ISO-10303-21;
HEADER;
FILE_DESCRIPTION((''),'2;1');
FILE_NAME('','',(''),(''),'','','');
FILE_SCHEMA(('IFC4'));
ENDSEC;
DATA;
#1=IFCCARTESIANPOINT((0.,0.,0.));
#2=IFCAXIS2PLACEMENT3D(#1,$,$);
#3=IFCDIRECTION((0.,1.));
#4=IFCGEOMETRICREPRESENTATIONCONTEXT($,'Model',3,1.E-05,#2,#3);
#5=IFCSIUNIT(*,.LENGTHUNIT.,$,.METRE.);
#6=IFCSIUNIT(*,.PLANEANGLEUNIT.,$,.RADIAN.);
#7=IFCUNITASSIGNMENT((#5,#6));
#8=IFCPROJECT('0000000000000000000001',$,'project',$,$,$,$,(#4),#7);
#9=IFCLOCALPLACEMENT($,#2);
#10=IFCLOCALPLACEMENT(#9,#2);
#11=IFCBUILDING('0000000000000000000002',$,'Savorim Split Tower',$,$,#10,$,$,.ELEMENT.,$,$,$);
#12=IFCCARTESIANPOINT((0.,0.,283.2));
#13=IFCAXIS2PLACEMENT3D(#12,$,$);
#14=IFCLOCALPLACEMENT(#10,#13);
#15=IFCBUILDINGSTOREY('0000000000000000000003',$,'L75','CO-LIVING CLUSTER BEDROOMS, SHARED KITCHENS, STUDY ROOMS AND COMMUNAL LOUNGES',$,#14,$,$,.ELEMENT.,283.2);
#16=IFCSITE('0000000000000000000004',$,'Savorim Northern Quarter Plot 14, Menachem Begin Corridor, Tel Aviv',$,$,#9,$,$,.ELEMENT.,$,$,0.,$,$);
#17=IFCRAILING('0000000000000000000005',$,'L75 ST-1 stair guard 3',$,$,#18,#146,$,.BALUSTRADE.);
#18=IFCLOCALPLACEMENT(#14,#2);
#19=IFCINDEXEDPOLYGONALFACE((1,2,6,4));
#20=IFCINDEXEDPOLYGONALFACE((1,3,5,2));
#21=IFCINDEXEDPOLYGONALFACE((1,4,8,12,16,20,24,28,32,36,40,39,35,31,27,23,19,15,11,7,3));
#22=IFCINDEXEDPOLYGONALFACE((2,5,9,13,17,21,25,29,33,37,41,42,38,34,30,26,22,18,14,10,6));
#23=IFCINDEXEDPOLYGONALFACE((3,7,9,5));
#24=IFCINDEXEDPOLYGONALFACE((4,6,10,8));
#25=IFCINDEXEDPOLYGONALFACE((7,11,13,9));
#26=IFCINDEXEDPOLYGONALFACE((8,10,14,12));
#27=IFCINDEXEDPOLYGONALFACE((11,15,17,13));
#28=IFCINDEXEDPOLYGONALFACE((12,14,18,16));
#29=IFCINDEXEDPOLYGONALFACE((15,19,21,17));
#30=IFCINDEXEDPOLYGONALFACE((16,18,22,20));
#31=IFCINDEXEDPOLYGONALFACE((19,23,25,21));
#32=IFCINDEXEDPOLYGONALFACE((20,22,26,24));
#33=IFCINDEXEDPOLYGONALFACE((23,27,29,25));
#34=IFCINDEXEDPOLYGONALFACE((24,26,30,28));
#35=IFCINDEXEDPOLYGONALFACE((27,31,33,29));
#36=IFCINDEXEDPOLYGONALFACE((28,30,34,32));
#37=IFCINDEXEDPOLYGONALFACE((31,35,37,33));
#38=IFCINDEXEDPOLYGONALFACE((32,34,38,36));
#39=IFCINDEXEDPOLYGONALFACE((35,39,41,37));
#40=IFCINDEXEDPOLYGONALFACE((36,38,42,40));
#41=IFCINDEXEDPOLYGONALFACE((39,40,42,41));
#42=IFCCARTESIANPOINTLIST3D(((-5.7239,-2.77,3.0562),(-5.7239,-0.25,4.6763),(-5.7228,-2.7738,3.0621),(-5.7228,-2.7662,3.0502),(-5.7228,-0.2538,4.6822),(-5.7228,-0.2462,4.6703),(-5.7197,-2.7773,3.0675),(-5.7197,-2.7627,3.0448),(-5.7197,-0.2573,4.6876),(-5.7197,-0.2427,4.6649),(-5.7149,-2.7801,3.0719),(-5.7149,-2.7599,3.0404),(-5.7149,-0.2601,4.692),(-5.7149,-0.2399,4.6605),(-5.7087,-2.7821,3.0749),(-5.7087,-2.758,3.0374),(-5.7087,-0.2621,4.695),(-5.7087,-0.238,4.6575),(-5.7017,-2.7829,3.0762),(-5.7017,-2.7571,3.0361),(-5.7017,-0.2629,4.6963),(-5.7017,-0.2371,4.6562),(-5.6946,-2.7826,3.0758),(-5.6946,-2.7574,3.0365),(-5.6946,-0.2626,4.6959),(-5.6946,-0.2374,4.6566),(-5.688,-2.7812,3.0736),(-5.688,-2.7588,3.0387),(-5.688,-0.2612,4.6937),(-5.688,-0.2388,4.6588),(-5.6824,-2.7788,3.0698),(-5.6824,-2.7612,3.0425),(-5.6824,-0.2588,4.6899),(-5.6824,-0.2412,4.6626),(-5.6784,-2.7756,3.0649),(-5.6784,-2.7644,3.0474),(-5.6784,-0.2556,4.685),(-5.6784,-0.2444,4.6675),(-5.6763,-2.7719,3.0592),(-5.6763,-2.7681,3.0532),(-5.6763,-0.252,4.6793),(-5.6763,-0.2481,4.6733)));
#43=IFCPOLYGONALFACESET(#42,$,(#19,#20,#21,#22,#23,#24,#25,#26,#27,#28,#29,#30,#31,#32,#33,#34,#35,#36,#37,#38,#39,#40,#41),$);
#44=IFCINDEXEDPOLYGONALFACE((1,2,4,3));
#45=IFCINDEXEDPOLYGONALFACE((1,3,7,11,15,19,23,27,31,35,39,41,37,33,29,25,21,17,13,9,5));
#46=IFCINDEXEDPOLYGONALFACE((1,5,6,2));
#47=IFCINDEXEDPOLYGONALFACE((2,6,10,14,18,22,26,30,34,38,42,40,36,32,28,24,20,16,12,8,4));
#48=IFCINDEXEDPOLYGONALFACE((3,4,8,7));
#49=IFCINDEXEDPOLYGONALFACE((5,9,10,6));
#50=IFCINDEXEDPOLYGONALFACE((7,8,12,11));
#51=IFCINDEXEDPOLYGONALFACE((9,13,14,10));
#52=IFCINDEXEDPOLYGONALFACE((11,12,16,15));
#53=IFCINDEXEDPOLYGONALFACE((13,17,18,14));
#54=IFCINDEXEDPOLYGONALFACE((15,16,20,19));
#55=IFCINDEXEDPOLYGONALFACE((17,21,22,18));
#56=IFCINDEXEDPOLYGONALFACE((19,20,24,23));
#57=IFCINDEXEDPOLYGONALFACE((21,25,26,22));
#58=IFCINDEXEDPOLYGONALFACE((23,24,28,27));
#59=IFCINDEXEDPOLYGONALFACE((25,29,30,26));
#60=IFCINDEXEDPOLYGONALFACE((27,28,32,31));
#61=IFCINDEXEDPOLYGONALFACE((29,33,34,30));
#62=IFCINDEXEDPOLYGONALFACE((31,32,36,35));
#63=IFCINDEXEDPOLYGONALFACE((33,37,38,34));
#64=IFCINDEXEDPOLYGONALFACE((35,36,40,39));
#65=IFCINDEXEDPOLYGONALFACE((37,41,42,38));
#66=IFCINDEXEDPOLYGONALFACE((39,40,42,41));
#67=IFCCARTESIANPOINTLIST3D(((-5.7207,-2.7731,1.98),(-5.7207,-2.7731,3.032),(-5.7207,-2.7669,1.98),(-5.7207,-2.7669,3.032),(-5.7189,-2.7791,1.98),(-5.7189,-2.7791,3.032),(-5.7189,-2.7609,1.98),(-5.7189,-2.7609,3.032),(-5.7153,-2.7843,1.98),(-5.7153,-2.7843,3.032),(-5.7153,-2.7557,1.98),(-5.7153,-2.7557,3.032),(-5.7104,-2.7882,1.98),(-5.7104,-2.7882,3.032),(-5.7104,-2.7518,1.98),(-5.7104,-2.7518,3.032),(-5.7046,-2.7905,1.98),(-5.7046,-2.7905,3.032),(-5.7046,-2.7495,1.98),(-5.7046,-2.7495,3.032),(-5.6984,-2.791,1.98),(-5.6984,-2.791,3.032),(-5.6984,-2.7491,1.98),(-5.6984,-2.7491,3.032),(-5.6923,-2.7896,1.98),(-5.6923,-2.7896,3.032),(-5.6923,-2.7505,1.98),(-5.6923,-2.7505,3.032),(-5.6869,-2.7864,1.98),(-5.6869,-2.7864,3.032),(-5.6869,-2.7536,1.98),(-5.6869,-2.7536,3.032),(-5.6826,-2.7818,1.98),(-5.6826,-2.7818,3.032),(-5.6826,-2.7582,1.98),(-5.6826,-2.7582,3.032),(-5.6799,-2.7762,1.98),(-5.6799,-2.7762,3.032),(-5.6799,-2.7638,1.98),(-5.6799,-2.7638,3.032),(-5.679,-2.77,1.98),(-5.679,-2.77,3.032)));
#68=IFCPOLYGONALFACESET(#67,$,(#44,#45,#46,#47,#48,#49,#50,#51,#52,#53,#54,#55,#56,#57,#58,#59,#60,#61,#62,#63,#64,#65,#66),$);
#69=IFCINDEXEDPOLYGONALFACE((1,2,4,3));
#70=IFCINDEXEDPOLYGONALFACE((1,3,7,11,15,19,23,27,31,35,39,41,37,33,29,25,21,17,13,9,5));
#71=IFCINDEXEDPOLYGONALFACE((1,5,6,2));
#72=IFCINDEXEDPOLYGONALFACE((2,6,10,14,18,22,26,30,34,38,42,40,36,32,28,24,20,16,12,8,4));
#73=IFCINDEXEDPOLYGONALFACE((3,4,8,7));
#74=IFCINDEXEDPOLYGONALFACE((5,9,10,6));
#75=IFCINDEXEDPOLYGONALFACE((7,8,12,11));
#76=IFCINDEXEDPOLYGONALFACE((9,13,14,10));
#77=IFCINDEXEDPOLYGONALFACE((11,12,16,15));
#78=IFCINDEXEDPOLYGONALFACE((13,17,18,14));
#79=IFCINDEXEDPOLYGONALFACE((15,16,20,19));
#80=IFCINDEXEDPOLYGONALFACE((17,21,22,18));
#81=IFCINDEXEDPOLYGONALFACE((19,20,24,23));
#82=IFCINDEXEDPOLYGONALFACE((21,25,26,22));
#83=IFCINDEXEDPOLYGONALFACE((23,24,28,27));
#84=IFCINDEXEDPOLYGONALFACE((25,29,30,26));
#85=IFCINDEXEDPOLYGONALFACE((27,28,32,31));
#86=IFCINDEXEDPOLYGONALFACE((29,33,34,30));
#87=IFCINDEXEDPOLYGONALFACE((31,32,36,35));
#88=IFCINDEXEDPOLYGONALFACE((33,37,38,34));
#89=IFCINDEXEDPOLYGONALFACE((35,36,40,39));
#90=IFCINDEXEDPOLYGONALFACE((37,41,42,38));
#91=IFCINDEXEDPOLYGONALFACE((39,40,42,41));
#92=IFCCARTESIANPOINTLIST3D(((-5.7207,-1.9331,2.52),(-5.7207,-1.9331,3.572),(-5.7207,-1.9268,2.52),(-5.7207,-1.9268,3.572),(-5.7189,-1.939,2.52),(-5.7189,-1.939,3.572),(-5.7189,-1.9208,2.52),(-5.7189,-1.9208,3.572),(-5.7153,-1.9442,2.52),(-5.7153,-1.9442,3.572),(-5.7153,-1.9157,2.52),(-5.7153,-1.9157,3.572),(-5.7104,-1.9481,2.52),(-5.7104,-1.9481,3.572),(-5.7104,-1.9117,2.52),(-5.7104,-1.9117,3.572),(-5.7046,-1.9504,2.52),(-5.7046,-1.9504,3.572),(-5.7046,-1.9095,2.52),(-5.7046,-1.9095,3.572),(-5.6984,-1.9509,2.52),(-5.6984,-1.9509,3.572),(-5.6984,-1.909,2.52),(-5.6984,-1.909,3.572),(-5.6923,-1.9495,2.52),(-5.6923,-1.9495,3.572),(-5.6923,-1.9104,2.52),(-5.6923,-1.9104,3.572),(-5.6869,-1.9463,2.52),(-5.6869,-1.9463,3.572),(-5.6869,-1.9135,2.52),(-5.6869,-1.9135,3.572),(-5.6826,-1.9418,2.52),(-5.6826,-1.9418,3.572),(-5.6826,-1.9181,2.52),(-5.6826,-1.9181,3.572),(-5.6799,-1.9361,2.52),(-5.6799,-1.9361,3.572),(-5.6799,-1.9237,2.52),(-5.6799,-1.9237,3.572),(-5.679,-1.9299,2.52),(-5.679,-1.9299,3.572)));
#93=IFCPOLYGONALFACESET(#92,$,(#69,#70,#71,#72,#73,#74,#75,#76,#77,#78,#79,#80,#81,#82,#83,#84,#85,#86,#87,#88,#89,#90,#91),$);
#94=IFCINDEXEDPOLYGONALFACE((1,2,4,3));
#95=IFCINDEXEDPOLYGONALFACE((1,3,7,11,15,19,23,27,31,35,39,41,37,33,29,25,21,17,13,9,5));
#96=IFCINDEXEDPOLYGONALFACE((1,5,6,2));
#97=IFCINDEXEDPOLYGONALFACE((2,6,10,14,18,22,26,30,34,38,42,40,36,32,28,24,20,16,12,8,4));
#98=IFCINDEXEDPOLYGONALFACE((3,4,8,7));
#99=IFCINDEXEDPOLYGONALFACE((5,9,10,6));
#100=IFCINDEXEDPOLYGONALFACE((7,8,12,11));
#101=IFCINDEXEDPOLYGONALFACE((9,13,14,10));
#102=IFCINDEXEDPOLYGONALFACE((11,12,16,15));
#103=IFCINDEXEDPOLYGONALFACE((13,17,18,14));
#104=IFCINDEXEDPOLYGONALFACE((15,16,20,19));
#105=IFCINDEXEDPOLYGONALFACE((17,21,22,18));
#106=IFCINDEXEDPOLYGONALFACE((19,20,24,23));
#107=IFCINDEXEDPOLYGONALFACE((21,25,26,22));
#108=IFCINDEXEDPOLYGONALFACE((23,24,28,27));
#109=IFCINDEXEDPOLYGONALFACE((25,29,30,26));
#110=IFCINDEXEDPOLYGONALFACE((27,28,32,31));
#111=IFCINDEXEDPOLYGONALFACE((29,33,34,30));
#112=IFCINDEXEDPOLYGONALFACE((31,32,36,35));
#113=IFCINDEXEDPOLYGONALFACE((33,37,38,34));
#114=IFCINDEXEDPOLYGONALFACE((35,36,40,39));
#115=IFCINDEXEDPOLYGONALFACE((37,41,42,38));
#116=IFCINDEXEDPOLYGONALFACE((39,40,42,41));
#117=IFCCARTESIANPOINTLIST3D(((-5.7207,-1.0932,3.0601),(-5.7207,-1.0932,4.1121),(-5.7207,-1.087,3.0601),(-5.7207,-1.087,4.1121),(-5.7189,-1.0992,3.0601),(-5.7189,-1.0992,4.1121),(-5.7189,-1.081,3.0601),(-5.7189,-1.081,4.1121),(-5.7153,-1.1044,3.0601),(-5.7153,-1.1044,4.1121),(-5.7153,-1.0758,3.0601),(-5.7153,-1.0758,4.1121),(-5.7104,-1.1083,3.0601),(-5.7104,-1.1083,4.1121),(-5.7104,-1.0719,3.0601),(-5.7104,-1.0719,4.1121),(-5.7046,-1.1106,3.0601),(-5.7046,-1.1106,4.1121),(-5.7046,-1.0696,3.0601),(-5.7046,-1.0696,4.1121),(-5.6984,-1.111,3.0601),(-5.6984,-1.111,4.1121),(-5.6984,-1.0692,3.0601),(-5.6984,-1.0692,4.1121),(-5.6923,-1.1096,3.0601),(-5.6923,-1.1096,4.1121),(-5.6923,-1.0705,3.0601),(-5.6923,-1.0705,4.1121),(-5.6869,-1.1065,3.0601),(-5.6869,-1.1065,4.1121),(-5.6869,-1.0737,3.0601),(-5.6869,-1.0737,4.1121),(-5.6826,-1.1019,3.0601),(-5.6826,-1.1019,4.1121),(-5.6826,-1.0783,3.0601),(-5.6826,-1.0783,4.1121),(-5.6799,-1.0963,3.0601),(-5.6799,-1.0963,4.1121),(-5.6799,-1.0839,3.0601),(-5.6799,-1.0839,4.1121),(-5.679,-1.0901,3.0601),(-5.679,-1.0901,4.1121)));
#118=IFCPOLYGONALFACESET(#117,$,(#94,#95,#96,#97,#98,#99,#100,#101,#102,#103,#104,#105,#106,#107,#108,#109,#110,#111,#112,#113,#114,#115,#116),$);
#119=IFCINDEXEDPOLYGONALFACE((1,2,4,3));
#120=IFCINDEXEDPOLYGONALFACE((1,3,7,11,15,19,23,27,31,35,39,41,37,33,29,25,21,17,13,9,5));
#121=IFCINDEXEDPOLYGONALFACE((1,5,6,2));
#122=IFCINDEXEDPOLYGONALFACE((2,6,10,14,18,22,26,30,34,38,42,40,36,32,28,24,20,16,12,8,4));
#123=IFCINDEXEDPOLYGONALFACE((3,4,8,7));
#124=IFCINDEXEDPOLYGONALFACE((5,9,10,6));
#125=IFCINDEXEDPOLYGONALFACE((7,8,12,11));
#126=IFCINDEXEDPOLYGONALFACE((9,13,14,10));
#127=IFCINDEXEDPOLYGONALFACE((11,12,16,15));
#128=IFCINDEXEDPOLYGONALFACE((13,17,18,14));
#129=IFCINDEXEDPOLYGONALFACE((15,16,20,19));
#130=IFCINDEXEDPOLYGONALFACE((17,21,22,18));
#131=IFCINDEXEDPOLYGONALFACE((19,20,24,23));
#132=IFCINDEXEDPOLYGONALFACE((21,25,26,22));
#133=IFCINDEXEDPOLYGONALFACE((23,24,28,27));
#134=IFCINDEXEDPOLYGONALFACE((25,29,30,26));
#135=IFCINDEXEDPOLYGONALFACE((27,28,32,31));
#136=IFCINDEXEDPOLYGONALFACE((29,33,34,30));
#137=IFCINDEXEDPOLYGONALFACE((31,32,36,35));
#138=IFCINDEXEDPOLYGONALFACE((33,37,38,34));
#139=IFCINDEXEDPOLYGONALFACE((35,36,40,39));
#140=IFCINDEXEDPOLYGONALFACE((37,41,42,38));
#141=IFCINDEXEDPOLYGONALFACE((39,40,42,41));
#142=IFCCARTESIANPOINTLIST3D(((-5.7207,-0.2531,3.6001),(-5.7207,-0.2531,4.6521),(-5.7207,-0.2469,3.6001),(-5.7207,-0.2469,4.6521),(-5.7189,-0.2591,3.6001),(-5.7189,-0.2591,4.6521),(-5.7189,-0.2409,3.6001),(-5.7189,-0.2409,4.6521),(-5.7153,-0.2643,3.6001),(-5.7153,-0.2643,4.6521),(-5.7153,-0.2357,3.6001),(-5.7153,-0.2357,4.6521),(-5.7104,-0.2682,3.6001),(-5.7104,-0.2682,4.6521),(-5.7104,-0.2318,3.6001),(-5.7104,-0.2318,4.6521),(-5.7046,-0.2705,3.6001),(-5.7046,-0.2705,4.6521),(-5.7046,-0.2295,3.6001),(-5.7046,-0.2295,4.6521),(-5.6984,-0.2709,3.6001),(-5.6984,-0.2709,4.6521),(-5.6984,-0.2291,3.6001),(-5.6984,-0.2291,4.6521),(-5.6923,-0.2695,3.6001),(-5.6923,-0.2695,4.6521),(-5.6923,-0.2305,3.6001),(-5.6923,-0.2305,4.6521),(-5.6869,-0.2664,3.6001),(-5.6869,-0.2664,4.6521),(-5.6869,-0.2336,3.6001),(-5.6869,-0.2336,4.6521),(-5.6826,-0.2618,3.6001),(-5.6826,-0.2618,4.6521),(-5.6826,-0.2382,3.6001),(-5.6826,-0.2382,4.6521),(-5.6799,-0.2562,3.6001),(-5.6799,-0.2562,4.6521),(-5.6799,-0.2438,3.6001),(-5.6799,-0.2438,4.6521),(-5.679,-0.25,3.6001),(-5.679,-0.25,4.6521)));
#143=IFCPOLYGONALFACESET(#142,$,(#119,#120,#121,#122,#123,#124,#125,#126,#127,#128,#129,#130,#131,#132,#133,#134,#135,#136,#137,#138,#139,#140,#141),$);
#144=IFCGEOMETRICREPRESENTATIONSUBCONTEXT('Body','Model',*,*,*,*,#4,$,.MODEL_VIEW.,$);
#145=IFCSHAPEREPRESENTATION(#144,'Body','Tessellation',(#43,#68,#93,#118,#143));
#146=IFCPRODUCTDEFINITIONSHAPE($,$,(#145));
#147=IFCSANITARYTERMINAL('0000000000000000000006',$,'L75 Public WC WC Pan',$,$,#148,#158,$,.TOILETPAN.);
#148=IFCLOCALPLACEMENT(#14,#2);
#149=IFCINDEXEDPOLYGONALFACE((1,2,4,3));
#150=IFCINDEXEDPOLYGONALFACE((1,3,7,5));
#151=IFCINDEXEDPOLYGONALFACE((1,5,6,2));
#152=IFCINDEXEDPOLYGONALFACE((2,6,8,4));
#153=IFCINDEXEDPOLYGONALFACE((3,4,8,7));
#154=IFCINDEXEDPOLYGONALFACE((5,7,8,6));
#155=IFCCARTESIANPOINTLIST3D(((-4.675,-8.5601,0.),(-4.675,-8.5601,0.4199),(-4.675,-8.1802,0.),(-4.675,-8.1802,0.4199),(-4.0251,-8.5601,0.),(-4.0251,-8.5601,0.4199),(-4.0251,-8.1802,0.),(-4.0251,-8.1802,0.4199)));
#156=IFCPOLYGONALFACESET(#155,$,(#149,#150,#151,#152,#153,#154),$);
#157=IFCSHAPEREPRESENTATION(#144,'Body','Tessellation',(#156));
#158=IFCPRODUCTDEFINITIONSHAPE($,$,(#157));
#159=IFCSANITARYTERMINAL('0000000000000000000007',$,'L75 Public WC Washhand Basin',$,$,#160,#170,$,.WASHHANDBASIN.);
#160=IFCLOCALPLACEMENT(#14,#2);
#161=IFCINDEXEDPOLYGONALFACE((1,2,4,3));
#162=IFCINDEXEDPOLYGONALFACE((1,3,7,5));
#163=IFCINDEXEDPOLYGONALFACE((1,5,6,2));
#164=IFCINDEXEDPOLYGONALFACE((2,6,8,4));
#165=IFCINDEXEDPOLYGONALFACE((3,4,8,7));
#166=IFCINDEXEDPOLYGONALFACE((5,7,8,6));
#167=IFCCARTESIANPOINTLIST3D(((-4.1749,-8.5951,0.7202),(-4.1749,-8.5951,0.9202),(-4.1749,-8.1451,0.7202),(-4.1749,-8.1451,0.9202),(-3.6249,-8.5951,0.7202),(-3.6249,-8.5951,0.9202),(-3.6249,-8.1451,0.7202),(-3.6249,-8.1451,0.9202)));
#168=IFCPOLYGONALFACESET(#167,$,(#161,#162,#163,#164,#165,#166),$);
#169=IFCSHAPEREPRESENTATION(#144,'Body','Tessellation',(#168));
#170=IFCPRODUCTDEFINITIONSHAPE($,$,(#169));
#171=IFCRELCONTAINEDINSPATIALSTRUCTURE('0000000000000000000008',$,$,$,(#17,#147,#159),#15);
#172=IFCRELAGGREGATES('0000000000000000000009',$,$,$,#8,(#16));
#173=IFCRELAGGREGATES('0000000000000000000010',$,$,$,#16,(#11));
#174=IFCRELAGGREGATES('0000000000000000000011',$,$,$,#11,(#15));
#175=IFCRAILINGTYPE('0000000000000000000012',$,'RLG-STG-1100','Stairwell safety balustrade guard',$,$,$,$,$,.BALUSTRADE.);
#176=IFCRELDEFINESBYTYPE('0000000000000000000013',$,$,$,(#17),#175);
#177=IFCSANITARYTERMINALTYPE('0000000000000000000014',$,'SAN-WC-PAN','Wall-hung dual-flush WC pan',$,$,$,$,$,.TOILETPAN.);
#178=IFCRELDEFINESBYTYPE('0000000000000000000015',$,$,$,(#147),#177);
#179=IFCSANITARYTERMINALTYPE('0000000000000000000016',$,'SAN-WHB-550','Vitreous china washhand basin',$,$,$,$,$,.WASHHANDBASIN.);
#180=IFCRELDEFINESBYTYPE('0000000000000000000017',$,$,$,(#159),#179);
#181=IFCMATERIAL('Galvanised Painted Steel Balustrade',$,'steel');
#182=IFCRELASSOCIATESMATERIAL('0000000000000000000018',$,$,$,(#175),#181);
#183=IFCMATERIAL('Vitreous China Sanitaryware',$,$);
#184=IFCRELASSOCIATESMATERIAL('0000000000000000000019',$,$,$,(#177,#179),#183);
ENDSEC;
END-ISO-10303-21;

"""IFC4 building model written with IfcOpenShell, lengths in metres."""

from ifc_helpers import new_model, si_unit, direction, frame, origin, origin_2d, place, context, subcontext, project, spatial, rectangle, circle, extrude, material, type_object, element, save


model = new_model("IFC4")

# Units and contexts
model_context = context("Model", 3, precision=1e-05, world=origin(), true_north=direction((0.0, 1.0)))
body_context = subcontext(model_context, "Body", "Model", "MODEL_VIEW")
ifc_project = project(units=[si_unit("LENGTHUNIT", "METRE"), si_unit("PLANEANGLEUNIT", "RADIAN")], contexts=[model_context])

# Site, building, storey
site_placement = place(None, origin())
site = spatial("IfcSite", under=ifc_project, at=site_placement, Name="Savorim Northern Quarter Plot 14, Menachem Begin Corridor, Tel Aviv", CompositionType="ELEMENT", RefElevation=0.0)
building_placement = place(site_placement, origin())
building = spatial("IfcBuilding", under=site, at=building_placement, Name="Savorim Split Tower", CompositionType="ELEMENT")
storey_placement = place(building_placement, frame((0.0, 0.0, 283.2)))
storey = spatial("IfcBuildingStorey", under=building, at=storey_placement, Name="L75", Description="CO-LIVING CLUSTER BEDROOMS, SHARED KITCHENS, STUDY ROOMS AND COMMUNAL LOUNGES", CompositionType="ELEMENT", Elevation=283.2)

# Railing
ifc_material_1 = material(Name="Galvanised Painted Steel Balustrade", Category="steel")
railing_type_1 = type_object("IfcRailingType", Name="RLG-STG-1100", Description="Stairwell safety balustrade guard", PredefinedType="BALUSTRADE", material=ifc_material_1)
railing_1_placement = place(storey_placement, frame((-5.7, -2.77, 1.98)))
element("IfcRailing", 1, at=railing_1_placement, inside=storey, type_object=railing_type_1, Name="L75 ST-1 stair guard 3", PredefinedType="BALUSTRADE", context=body_context, shape_type="SweptSolid", body=[
    extrude(circle(Radius=0.0239, at=origin_2d()), frame((0.0, 0.0, 1.0762), z_axis=(0.0, 0.841163, 0.540782), x_axis=(-1.0, 0.0, 0.0)), (0.0, 0.0, 1.0), 2.9958),
    extrude(circle(Radius=0.021, at=origin_2d()), origin(), (0.0, 0.0, 1.0), 1.052),
    extrude(circle(Radius=0.021, at=origin_2d()), frame((0.0, 0.8401, 0.54)), (0.0, 0.0, 1.0), 1.052),
    extrude(circle(Radius=0.021, at=origin_2d()), frame((0.0, 1.6799, 1.0801)), (0.0, 0.0, 1.0), 1.052),
    extrude(circle(Radius=0.021, at=origin_2d()), frame((0.0, 2.52, 1.6201)), (0.0, 0.0, 1.0), 1.052),
])

# Sanitary terminals
ifc_material_2 = material(Name="Vitreous China Sanitaryware")
sanitary_terminal_type_1 = type_object("IfcSanitaryTerminalType", Name="SAN-WC-PAN", Description="Wall-hung dual-flush WC pan", PredefinedType="TOILETPAN", material=ifc_material_2)
sanitary_terminal_1_placement = place(storey_placement, frame((-4.3501, -8.3701, 0.0), z_axis=(0.0, 0.0, 1.0), x_axis=(1.0, 0.0, 0.0)))
element("IfcSanitaryTerminal", 2, at=sanitary_terminal_1_placement, inside=storey, type_object=sanitary_terminal_type_1, Name="L75 Public WC WC Pan", PredefinedType="TOILETPAN", context=body_context, shape_type="SweptSolid", body=[
    extrude(rectangle(XDim=0.6499, YDim=0.3799, at=origin_2d()), origin(), (0.0, 0.0, 1.0), 0.4199),
])
sanitary_terminal_type_2 = type_object("IfcSanitaryTerminalType", Name="SAN-WHB-550", Description="Vitreous china washhand basin", PredefinedType="WASHHANDBASIN", material=ifc_material_2)
sanitary_terminal_2_placement = place(storey_placement, frame((-3.8999, -8.3701, 0.7202), z_axis=(0.0, 0.0, 1.0), x_axis=(1.0, 0.0, 0.0)))
element("IfcSanitaryTerminal", 3, at=sanitary_terminal_2_placement, inside=storey, type_object=sanitary_terminal_type_2, Name="L75 Public WC Washhand Basin", PredefinedType="WASHHANDBASIN", context=body_context, shape_type="SweptSolid", body=[
    extrude(rectangle(XDim=0.55, YDim=0.45, at=origin_2d()), origin(), (0.0, 0.0, 1.0), 0.2),
])

save(model, "model.ifc")
